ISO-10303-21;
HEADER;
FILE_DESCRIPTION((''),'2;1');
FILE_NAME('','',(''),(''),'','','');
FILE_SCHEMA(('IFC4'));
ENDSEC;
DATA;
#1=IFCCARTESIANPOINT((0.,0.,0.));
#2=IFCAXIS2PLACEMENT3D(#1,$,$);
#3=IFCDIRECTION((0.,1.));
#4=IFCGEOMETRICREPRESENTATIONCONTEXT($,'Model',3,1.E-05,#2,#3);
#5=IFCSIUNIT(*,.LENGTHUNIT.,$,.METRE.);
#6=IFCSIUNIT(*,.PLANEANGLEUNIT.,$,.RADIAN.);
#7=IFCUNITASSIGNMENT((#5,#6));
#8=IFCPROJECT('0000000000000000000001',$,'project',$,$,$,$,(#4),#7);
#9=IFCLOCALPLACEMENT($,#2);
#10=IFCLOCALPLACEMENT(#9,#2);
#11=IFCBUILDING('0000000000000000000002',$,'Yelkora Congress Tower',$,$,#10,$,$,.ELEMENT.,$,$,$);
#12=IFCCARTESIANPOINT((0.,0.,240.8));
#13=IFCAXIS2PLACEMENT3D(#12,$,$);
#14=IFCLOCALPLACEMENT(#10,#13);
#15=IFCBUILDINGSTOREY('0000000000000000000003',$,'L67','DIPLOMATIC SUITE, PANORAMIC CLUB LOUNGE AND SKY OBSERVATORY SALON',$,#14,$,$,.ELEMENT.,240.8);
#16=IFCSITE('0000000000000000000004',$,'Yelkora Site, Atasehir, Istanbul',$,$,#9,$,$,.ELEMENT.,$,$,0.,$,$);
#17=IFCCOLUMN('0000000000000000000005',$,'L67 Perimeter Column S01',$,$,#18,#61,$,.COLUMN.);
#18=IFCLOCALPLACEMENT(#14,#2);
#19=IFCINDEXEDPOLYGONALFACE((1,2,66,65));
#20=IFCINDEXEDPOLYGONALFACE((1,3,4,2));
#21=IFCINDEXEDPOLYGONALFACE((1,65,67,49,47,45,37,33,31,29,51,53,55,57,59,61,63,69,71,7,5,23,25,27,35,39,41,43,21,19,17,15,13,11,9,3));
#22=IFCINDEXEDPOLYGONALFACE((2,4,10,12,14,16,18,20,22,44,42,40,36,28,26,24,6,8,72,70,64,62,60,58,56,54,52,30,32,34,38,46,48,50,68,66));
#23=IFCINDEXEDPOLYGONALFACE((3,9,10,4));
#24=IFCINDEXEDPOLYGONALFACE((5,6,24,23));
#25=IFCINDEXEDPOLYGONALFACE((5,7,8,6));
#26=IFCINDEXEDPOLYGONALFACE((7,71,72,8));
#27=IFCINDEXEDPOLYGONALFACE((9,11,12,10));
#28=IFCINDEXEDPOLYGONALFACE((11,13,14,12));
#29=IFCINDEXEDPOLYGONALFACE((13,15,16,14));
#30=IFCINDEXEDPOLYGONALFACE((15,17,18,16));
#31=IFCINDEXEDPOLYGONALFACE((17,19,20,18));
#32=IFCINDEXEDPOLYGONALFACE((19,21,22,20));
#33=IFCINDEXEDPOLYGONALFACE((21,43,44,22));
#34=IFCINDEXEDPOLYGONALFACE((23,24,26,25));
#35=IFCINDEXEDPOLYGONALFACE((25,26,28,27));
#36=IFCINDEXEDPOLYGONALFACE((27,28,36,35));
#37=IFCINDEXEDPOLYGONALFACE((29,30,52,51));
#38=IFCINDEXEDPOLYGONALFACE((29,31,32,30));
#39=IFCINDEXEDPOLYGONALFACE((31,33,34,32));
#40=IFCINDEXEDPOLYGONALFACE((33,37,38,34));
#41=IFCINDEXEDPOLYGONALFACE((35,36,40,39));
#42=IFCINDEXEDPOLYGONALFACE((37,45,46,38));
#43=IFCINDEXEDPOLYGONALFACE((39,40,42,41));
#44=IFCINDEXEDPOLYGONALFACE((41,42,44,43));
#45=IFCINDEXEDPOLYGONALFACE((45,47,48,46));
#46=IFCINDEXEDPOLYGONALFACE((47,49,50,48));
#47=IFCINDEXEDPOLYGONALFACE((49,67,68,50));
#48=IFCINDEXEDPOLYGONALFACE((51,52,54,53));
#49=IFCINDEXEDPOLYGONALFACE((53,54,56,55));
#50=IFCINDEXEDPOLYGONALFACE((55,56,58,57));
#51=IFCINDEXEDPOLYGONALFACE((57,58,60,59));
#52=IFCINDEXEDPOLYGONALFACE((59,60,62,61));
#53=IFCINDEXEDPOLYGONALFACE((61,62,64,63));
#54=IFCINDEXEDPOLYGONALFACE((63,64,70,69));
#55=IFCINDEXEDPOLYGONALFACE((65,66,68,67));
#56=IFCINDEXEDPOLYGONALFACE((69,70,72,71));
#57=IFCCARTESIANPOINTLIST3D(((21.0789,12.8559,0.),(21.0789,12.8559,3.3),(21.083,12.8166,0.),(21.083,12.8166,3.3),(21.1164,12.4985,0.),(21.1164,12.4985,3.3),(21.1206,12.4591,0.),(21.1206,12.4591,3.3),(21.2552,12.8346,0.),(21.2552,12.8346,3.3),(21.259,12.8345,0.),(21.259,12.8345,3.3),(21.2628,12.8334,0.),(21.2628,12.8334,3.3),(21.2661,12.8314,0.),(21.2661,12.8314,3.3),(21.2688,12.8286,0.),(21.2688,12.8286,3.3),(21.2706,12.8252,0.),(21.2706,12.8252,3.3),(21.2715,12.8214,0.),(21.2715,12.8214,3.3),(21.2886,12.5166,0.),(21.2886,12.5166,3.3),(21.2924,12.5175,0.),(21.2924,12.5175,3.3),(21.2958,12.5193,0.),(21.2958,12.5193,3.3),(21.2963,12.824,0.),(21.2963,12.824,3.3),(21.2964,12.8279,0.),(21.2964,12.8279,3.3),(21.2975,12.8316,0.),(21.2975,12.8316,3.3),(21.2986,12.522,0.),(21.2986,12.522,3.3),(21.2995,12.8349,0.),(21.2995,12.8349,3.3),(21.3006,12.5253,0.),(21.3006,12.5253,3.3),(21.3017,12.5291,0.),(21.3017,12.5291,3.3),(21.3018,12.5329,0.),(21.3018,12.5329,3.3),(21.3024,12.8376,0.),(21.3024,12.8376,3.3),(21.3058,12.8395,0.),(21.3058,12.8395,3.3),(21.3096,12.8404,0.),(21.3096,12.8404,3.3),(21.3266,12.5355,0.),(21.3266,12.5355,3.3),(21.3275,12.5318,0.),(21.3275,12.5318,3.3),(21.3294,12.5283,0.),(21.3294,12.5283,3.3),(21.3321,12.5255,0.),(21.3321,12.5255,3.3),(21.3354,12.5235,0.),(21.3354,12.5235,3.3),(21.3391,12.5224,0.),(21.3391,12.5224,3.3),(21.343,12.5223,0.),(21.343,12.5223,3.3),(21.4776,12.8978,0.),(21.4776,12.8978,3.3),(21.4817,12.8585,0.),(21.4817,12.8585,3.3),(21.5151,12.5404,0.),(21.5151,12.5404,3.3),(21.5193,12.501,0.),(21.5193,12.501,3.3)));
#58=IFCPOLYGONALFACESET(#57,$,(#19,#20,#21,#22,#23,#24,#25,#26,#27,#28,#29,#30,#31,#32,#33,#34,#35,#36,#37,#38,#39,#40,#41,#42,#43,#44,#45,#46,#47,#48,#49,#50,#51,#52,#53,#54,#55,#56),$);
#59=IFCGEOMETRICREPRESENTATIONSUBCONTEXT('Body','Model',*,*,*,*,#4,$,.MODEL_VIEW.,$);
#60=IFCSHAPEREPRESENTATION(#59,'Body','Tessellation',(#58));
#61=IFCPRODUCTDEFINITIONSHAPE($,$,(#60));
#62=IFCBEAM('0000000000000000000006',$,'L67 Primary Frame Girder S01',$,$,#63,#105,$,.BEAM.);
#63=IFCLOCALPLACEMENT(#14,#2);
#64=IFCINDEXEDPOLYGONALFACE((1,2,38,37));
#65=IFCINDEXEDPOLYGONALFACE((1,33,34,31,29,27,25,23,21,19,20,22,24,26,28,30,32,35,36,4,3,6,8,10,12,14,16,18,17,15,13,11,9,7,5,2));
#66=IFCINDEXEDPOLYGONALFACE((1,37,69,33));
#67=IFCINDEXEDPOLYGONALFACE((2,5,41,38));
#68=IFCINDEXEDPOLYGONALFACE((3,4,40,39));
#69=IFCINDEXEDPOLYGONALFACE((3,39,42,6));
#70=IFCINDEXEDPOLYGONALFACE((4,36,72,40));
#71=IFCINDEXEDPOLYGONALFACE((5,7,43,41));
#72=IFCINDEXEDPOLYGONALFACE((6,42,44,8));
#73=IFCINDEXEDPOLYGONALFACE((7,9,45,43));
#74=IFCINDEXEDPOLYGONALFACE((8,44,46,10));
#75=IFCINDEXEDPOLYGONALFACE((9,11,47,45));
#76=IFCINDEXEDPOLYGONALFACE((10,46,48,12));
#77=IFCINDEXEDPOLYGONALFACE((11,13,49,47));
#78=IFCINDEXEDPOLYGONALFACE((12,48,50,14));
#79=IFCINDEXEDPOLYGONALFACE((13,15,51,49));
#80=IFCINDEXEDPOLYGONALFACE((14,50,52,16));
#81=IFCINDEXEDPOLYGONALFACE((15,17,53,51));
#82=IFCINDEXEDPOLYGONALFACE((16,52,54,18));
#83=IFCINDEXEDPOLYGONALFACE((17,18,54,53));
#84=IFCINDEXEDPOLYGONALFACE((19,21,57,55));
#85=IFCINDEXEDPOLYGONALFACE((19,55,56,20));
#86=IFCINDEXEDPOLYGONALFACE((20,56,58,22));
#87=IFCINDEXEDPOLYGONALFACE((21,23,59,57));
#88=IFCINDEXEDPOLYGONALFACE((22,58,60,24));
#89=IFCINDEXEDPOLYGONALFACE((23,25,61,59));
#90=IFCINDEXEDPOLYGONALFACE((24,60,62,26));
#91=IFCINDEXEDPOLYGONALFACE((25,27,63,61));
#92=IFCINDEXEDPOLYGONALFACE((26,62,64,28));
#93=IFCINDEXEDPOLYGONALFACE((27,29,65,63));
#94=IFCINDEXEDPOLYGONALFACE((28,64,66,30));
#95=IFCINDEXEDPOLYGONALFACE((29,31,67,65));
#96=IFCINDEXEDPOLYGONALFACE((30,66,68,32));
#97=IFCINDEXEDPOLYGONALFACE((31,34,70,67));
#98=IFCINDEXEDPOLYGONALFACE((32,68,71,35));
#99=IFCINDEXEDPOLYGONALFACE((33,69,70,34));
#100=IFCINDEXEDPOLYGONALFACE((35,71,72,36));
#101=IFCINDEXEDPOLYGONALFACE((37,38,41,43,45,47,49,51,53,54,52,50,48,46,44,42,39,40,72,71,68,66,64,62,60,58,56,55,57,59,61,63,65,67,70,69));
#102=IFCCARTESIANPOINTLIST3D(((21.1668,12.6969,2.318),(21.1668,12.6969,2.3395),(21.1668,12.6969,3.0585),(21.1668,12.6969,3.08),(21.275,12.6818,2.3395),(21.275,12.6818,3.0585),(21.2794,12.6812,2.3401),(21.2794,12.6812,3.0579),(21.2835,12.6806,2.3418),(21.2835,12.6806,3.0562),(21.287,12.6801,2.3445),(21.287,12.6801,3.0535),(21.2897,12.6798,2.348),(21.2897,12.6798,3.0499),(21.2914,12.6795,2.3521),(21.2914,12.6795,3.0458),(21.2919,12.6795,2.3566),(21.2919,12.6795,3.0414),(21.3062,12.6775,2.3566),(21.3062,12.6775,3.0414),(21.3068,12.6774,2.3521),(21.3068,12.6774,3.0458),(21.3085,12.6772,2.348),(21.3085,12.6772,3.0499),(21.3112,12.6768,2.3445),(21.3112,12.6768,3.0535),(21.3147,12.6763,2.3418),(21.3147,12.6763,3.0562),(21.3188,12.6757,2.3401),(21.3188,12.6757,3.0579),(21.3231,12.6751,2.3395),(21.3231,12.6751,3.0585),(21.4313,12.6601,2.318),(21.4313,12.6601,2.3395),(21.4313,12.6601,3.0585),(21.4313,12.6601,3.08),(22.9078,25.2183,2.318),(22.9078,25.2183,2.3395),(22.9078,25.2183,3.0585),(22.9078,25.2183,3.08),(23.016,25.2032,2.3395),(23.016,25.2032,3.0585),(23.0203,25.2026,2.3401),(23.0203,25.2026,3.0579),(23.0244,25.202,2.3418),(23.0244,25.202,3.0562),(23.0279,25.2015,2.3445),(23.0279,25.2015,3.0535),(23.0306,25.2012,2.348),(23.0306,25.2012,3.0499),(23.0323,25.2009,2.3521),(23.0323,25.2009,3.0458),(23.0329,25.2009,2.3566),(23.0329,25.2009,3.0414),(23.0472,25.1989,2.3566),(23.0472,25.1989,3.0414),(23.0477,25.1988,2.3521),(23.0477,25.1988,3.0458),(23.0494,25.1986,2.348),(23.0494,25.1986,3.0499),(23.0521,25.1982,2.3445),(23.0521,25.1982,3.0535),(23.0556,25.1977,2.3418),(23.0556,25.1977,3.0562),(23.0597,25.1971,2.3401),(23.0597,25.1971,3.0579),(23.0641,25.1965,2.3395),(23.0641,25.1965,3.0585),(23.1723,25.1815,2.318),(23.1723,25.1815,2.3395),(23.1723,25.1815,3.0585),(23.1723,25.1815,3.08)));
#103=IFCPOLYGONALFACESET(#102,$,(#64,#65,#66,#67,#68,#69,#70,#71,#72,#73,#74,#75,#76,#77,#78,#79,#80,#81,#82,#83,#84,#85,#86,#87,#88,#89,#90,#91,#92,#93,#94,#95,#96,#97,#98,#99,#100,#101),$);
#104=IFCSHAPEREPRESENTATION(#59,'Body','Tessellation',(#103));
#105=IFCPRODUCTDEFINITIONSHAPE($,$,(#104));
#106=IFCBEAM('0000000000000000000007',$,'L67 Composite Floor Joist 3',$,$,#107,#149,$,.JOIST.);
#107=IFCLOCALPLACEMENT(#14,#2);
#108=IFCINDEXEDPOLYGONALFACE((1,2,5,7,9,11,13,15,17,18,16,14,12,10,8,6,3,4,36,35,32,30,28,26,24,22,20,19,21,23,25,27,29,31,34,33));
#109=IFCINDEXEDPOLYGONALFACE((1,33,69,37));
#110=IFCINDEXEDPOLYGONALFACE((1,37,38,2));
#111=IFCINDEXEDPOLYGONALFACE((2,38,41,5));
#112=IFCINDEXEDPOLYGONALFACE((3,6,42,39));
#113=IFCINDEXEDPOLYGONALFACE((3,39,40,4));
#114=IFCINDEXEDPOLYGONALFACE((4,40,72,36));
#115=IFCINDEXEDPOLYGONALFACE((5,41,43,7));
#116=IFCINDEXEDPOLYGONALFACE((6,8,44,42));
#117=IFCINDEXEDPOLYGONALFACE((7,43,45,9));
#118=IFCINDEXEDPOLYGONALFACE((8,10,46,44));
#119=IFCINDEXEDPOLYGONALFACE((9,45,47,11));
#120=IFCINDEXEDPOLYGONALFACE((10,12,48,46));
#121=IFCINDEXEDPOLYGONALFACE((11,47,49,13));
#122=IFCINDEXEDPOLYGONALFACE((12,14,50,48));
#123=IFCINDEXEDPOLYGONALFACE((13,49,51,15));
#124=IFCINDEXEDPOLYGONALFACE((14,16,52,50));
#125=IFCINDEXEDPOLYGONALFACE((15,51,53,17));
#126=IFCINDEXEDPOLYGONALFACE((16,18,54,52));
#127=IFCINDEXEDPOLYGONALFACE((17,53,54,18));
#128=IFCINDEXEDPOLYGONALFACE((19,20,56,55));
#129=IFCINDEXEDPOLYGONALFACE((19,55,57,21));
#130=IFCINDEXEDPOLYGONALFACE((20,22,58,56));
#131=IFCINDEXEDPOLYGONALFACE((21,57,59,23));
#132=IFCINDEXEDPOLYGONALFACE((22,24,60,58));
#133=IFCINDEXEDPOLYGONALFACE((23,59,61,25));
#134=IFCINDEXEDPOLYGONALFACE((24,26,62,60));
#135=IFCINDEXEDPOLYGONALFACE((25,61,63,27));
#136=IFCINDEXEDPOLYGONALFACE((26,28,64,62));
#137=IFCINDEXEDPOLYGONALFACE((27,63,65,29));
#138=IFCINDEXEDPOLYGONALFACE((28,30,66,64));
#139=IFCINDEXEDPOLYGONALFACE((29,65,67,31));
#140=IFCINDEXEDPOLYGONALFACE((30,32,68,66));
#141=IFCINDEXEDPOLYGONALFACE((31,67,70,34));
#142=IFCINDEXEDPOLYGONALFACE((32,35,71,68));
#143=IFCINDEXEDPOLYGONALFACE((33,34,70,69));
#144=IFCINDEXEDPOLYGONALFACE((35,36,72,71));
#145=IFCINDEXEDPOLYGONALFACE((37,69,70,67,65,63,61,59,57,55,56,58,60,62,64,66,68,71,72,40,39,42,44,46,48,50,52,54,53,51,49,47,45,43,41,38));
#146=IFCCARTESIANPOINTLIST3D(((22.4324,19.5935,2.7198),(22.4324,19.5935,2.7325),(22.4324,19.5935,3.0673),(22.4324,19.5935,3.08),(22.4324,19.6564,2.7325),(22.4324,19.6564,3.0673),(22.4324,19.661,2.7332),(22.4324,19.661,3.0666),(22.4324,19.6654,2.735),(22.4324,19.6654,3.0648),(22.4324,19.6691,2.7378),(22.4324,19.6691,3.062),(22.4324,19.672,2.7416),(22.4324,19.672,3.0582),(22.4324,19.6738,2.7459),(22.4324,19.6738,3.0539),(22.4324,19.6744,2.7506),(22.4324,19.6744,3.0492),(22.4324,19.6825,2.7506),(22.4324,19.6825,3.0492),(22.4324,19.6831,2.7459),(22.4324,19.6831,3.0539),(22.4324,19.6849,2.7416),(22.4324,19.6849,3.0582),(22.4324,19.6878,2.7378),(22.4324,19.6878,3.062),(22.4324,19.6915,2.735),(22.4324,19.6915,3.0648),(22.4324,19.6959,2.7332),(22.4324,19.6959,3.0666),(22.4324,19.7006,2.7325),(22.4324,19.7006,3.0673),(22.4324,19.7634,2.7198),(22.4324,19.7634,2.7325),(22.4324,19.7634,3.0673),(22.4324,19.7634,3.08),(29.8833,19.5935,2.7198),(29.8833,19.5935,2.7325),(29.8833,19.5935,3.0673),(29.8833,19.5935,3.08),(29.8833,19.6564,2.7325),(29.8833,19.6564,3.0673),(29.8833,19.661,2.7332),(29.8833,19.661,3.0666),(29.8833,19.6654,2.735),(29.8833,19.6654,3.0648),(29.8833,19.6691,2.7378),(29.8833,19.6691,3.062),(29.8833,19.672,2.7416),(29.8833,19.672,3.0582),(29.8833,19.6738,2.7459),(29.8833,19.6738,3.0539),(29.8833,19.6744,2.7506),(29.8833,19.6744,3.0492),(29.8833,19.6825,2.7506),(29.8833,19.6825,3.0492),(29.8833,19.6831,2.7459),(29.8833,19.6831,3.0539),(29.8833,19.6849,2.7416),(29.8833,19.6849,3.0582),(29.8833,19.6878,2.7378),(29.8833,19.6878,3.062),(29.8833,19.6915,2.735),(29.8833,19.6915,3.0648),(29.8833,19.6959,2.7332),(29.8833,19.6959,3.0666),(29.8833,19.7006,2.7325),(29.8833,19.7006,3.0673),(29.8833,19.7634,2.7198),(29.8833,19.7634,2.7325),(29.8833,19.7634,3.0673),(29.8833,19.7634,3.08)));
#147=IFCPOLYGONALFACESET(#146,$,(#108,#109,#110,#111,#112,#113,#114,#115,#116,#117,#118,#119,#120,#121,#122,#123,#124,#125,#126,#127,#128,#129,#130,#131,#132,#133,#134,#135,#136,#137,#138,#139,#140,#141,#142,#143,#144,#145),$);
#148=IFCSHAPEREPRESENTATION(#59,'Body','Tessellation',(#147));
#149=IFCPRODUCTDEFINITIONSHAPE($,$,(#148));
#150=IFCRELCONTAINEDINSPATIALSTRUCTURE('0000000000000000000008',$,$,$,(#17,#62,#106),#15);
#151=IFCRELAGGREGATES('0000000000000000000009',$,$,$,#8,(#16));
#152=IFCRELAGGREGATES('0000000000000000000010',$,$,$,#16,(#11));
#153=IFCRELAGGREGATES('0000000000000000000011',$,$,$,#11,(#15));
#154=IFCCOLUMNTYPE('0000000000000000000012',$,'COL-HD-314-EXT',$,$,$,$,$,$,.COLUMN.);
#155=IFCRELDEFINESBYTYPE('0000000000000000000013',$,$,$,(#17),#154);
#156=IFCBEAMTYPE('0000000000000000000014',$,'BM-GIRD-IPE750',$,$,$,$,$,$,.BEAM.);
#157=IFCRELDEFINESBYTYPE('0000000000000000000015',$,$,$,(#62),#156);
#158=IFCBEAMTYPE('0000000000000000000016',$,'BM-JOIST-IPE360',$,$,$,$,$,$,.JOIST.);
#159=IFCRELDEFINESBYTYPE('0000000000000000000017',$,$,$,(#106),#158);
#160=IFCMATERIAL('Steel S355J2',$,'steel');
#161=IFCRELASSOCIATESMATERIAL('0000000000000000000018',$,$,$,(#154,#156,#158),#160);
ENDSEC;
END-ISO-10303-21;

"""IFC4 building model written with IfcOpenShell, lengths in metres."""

from ifc_helpers import new_model, si_unit, direction, frame, origin, origin_2d, place, context, subcontext, project, spatial, i_section, extrude, material, material_profile, profile_set, type_object, element, save


model = new_model("IFC4")

# Units and contexts
model_context = context("Model", 3, precision=1e-05, world=origin(), true_north=direction((0.0, 1.0)))
body_context = subcontext(model_context, "Body", "Model", "MODEL_VIEW")
ifc_project = project(units=[si_unit("LENGTHUNIT", "METRE"), si_unit("PLANEANGLEUNIT", "RADIAN")], contexts=[model_context])

# Site, building, storey
site_placement = place(None, origin())
site = spatial("IfcSite", under=ifc_project, at=site_placement, Name="Yelkora Site, Atasehir, Istanbul", CompositionType="ELEMENT", RefElevation=0.0)
building_placement = place(site_placement, origin())
building = spatial("IfcBuilding", under=site, at=building_placement, Name="Yelkora Congress Tower", CompositionType="ELEMENT")
storey_placement = place(building_placement, frame((0.0, 0.0, 240.8)))
storey = spatial("IfcBuildingStorey", under=building, at=storey_placement, Name="L67", Description="DIPLOMATIC SUITE, PANORAMIC CLUB LOUNGE AND SKY OBSERVATORY SALON", CompositionType="ELEMENT", Elevation=240.8)

# Column
ifc_material_1 = material(Name="Steel S355J2", Category="steel")
ifc_material_profile_1 = material_profile(ifc_material_1, i_section(OverallWidth=0.4009, OverallDepth=0.3989, WebThickness=0.0249, FlangeThickness=0.0396, FilletRadius=0.0149, at=origin_2d()), Name="HD 400x314")
ifc_profile_set_1 = profile_set([ifc_material_profile_1], Name="Steel S355J2")
column_type = type_object("IfcColumnType", Name="COL-HD-314-EXT", PredefinedType="COLUMN", material=ifc_profile_set_1)
column_placement = place(storey_placement, frame((21.2991, 12.6785, 0.0), z_axis=(0.0, 0.0, 1.0), x_axis=(0.994522, 0.104528, 0.0)))
element("IfcColumn", 1, at=column_placement, inside=storey, type_object=column_type, Name="L67 Perimeter Column S01", PredefinedType="COLUMN", context=body_context, shape_type="SweptSolid", body=[
    extrude(i_section(OverallWidth=0.4009, OverallDepth=0.3989, WebThickness=0.0249, FlangeThickness=0.0396, FilletRadius=0.0149, at=origin_2d()), origin(), (0.0, 0.0, 1.0), 3.3),
])

# Beams
ifc_material_profile_2 = material_profile(ifc_material_1, i_section(OverallWidth=0.2671, OverallDepth=0.762, WebThickness=0.0144, FlangeThickness=0.0215, FilletRadius=0.0171, at=origin_2d()), Name="IPE 750x173")
ifc_profile_set_2 = profile_set([ifc_material_profile_2], Name="Steel S355J2")
beam_type_1 = type_object("IfcBeamType", Name="BM-GIRD-IPE750", PredefinedType="BEAM", material=ifc_profile_set_2)
beam_1_placement = place(storey_placement, frame((21.2991, 12.6785, 2.699), z_axis=(0.137714, 0.990472, 0.0), x_axis=(-0.990472, 0.137714, 0.0)))
element("IfcBeam", 2, at=beam_1_placement, inside=storey, type_object=beam_type_1, Name="L67 Primary Frame Girder S01", PredefinedType="BEAM", context=body_context, shape_type="SweptSolid", body=[
    extrude(i_section(OverallWidth=0.2671, OverallDepth=0.762, WebThickness=0.0144, FlangeThickness=0.0215, FilletRadius=0.0171, at=origin_2d()), origin(), (0.0, 0.0, 1.0), 12.6418),
])
ifc_material_profile_3 = material_profile(ifc_material_1, i_section(OverallWidth=0.1699, OverallDepth=0.3601, WebThickness=0.0081, FlangeThickness=0.0127, FilletRadius=0.0181, at=origin_2d()), Name="IPE 360")
ifc_profile_set_3 = profile_set([ifc_material_profile_3], Name="Steel S355J2")
beam_type_2 = type_object("IfcBeamType", Name="BM-JOIST-IPE360", PredefinedType="JOIST", material=ifc_profile_set_3)
beam_2_placement = place(storey_placement, frame((22.4324, 19.6785, 2.8999), z_axis=(1.0, 0.0, 0.0), x_axis=(0.0, 1.0, 0.0)))
element("IfcBeam", 3, at=beam_2_placement, inside=storey, type_object=beam_type_2, Name="L67 Composite Floor Joist 3", PredefinedType="JOIST", context=body_context, shape_type="SweptSolid", body=[
    extrude(i_section(OverallWidth=0.1699, OverallDepth=0.3601, WebThickness=0.0081, FlangeThickness=0.0127, FilletRadius=0.0181, at=origin_2d()), origin(), (0.0, 0.0, 1.0), 7.4509),
])

save(model, "model.ifc")
